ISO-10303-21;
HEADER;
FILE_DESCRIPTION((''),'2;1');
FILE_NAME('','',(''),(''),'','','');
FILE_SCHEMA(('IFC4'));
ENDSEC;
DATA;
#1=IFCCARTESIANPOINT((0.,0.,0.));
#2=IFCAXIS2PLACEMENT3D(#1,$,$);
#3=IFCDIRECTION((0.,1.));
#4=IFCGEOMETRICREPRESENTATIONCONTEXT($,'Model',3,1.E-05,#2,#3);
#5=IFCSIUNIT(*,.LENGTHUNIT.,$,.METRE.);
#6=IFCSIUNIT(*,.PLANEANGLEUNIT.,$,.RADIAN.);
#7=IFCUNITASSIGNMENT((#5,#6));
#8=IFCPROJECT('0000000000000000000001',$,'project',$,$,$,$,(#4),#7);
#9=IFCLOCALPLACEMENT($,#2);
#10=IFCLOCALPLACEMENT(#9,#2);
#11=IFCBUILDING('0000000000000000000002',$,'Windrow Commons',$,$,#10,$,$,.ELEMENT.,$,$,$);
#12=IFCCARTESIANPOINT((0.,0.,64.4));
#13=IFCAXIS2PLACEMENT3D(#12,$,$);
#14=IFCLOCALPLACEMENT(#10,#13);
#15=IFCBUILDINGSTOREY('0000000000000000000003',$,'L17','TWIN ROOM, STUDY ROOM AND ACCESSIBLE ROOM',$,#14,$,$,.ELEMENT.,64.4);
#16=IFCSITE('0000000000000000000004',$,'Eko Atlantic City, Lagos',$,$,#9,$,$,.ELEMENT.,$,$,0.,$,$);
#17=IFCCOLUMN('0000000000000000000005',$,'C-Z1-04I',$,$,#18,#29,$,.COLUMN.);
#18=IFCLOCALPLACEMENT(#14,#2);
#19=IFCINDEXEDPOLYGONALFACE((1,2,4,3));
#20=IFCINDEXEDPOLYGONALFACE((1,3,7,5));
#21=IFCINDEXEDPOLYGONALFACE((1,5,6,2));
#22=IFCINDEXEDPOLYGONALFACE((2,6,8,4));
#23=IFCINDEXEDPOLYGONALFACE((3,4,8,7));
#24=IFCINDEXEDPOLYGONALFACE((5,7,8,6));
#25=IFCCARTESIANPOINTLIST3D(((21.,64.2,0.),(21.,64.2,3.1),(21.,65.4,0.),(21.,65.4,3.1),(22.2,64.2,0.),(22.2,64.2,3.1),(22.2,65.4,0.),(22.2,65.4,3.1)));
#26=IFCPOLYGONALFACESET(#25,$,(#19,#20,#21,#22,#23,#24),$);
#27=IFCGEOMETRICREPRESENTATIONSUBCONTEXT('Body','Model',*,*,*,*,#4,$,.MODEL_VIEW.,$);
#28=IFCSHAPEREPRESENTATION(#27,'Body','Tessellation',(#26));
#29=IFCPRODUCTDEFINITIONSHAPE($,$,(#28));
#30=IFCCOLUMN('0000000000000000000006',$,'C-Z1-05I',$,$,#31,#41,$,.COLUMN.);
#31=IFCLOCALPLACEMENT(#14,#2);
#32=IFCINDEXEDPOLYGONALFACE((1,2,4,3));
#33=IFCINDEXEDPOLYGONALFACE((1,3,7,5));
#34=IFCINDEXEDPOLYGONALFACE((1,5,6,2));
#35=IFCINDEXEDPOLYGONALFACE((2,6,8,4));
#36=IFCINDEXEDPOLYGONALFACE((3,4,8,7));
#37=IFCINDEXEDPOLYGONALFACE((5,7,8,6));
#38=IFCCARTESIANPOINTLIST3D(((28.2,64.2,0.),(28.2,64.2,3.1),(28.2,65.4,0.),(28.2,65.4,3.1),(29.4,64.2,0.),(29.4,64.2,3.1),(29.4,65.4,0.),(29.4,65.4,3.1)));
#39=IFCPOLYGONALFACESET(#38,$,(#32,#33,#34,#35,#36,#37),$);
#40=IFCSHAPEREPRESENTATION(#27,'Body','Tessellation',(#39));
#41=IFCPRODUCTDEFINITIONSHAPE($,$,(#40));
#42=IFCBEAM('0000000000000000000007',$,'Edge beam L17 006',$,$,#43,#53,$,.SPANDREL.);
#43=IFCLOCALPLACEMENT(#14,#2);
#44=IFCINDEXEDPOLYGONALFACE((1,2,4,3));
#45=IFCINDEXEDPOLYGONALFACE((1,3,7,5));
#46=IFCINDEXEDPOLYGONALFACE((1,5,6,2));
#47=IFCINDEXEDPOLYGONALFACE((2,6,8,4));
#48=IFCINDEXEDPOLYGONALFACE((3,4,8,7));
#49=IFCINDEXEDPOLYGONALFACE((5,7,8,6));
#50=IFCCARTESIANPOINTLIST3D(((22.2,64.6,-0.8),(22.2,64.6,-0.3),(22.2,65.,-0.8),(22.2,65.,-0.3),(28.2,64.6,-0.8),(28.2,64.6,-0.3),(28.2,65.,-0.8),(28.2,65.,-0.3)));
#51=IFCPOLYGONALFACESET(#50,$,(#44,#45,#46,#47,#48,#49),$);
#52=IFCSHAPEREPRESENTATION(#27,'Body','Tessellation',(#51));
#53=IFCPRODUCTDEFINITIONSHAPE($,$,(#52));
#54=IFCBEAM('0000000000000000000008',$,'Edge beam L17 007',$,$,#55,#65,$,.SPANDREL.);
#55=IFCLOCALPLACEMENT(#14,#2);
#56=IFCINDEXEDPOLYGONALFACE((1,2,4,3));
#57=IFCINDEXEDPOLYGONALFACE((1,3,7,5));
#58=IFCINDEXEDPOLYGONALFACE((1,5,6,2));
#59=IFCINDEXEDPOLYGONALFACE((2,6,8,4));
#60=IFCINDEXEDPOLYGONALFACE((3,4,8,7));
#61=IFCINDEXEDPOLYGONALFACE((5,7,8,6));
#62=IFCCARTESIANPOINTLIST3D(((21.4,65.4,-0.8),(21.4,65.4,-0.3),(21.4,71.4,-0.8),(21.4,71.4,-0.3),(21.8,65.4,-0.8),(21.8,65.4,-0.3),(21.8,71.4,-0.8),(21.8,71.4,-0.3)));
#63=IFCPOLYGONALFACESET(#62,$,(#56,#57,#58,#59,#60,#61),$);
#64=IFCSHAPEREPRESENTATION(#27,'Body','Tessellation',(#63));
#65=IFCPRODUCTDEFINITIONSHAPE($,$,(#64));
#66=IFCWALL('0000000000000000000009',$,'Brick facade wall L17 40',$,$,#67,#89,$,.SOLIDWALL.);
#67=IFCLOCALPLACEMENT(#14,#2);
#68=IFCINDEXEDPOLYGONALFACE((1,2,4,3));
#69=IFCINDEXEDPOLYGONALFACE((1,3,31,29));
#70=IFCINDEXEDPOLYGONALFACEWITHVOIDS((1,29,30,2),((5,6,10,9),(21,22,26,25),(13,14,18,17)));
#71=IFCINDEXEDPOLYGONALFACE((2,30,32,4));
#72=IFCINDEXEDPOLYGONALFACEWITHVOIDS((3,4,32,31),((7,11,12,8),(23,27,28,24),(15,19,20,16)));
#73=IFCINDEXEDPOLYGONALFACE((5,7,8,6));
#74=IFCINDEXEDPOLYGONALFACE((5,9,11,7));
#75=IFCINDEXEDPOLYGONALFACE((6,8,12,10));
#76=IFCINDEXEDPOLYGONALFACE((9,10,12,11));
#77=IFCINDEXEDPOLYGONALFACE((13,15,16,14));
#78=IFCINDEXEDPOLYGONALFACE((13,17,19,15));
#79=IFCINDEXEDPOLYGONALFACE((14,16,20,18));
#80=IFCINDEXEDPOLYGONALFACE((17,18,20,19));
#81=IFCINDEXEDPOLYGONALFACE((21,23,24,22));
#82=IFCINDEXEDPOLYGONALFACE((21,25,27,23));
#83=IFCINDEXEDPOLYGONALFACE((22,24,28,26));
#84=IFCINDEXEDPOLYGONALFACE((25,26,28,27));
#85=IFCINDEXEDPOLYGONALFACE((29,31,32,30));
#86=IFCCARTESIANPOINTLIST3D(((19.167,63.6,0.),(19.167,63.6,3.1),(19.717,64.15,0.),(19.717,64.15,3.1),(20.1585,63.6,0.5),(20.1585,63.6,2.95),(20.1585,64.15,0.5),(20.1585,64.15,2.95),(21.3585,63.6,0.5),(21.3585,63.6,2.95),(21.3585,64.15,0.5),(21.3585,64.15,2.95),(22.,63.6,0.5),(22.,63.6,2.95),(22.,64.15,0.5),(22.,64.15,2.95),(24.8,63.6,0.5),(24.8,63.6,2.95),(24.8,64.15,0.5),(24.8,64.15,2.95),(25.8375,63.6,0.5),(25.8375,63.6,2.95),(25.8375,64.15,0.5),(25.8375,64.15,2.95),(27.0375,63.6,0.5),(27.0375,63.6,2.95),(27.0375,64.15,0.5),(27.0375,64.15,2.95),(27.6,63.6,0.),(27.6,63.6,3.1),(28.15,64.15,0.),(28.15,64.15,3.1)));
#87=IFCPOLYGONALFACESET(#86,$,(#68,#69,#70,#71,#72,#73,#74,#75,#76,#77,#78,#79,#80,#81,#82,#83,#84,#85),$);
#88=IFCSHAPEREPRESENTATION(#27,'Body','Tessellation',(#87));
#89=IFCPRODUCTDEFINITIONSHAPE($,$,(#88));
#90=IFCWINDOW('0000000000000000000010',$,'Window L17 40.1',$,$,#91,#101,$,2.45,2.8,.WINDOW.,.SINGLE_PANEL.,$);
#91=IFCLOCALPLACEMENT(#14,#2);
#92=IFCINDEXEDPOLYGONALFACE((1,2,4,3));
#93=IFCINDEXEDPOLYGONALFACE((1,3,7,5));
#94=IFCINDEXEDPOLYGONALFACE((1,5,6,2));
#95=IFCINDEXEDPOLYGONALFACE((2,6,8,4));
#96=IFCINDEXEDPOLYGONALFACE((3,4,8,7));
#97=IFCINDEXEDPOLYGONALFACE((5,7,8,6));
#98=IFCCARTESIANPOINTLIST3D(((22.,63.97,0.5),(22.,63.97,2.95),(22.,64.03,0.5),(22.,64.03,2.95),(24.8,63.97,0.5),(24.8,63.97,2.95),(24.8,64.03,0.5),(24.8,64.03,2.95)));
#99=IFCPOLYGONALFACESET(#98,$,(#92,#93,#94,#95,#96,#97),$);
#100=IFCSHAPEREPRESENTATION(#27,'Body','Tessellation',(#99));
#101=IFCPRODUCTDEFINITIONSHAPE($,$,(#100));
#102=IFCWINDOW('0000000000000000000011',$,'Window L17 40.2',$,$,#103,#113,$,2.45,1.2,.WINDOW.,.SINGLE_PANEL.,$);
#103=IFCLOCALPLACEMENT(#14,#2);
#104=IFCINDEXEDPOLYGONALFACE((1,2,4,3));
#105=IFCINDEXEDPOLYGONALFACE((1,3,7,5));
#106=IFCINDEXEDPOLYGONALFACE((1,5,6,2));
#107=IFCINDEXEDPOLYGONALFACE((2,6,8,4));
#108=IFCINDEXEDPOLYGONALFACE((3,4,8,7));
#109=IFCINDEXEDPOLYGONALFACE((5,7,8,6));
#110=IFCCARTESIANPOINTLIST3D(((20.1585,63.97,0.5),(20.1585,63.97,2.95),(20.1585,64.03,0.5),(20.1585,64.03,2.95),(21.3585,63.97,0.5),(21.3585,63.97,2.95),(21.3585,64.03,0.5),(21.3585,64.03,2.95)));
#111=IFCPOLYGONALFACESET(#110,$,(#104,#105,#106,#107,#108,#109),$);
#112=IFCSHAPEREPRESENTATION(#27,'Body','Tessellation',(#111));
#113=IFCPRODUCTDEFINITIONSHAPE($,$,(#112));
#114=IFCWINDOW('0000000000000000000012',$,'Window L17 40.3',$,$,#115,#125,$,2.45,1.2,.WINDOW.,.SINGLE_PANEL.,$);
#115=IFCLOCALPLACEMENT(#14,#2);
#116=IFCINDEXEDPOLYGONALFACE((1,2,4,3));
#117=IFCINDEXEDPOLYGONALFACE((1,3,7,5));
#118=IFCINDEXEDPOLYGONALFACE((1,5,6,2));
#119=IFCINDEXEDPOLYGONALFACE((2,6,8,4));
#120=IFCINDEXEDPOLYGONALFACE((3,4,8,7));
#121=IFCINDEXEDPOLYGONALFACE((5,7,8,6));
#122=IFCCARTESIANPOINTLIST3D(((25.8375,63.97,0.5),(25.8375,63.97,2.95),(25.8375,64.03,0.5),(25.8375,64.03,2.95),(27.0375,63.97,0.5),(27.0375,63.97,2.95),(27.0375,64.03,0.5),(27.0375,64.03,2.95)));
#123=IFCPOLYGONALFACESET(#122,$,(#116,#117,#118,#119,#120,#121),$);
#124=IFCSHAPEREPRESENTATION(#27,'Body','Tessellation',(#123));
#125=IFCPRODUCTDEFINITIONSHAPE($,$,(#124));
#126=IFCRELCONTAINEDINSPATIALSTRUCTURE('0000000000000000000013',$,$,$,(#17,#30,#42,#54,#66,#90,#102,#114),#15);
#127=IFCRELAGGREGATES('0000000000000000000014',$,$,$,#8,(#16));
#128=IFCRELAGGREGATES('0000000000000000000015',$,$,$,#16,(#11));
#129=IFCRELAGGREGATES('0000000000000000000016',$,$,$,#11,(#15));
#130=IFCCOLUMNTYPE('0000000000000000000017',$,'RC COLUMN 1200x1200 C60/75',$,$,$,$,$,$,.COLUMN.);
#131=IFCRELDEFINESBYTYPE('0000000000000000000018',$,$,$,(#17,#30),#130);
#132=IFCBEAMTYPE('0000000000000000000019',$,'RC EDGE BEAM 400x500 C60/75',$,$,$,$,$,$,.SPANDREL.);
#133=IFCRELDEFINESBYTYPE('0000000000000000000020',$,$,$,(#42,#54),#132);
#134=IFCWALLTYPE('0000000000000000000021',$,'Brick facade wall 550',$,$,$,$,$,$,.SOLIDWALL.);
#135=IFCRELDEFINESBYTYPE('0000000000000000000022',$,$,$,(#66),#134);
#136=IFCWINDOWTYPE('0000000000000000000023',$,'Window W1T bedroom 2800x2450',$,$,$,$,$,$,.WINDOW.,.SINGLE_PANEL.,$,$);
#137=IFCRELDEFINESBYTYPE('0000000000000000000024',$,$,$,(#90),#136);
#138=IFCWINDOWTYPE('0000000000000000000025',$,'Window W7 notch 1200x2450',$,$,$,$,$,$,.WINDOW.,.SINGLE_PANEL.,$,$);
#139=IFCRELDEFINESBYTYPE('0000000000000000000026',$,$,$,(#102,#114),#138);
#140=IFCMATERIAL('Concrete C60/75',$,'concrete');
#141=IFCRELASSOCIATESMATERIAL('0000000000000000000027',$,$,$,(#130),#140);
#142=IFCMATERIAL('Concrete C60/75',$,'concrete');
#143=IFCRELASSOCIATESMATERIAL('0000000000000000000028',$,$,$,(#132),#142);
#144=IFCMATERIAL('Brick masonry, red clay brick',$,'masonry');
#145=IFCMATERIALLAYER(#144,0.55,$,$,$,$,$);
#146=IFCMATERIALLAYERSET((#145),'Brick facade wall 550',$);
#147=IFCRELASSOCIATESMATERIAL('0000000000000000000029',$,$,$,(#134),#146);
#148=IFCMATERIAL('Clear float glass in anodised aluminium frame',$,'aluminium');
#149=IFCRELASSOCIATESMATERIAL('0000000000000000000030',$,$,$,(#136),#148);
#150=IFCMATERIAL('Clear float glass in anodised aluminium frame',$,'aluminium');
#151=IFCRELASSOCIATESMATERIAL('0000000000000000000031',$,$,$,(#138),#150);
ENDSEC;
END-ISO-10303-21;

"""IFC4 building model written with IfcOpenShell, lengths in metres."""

from ifc_helpers import new_model, si_unit, direction, frame, frame_2d, origin, origin_2d, place, context, subcontext, project, spatial, polyline, rectangle, outline, extrude, material, layer, layer_set, material_profile, profile_set, type_object, element, fill, save


model = new_model("IFC4")

# Units and contexts
model_context = context("Model", 3, precision=1e-05, world=origin(), true_north=direction((0.0, 1.0)))
body_context = subcontext(model_context, "Body", "Model", "MODEL_VIEW")
ifc_project = project(units=[si_unit("LENGTHUNIT", "METRE"), si_unit("PLANEANGLEUNIT", "RADIAN")], contexts=[model_context])

# Site, building, storey
site_placement = place(None, origin())
site = spatial("IfcSite", under=ifc_project, at=site_placement, Name="Eko Atlantic City, Lagos", CompositionType="ELEMENT", RefElevation=0.0)
building_placement = place(site_placement, origin())
building = spatial("IfcBuilding", under=site, at=building_placement, Name="Windrow Commons", CompositionType="ELEMENT")
storey_placement = place(building_placement, frame((0.0, 0.0, 64.4)))
storey = spatial("IfcBuildingStorey", under=building, at=storey_placement, Name="L17", Description="TWIN ROOM, STUDY ROOM AND ACCESSIBLE ROOM", CompositionType="ELEMENT", Elevation=64.4)

# Columns
ifc_material_1 = material(Name="Concrete C60/75", Category="concrete")
ifc_material_profile_1 = material_profile(ifc_material_1, rectangle(XDim=1.2, YDim=1.2, at=origin_2d()))
ifc_profile_set_1 = profile_set([ifc_material_profile_1], Name="Concrete C60/75")
column_type = type_object("IfcColumnType", Name="RC COLUMN 1200x1200 C60/75", PredefinedType="COLUMN", material=ifc_profile_set_1)
for number, where, z_axis, x_axis, name in (
    (1, (21.6, 64.8, 0.0), (0.0, 0.0, 1.0), (1.0, 0.0, 0.0), "C-Z1-04I"),
    (2, (28.8, 64.8, 0.0), (0.0, 0.0, 1.0), (1.0, 0.0, 0.0), "C-Z1-05I"),
):
    element("IfcColumn", number, at=place(storey_placement, frame(where, z_axis=z_axis, x_axis=x_axis)), inside=storey, type_object=column_type, Name=name, PredefinedType="COLUMN", context=body_context, shape_type="SweptSolid", body=[
        extrude(rectangle(XDim=1.2, YDim=1.2, at=origin_2d()), origin(), (0.0, 0.0, 1.0), 3.1),
    ])

# Beams
ifc_material_2 = material(Name="Concrete C60/75", Category="concrete")
ifc_material_profile_2 = material_profile(ifc_material_2, rectangle(XDim=0.4, YDim=0.5, at=origin_2d()))
ifc_profile_set_2 = profile_set([ifc_material_profile_2], Name="Concrete C60/75")
beam_type = type_object("IfcBeamType", Name="RC EDGE BEAM 400x500 C60/75", PredefinedType="SPANDREL", material=ifc_profile_set_2)
for number, where, z_axis, x_axis, name in (
    (3, (28.2, 64.8, -0.55), (-1.0, 0.0, 0.0), (0.0, -1.0, 0.0), "Edge beam L17 006"),
    (4, (21.6, 65.4, -0.55), (0.0, 1.0, 0.0), (-1.0, 0.0, 0.0), "Edge beam L17 007"),
):
    element("IfcBeam", number, at=place(storey_placement, frame(where, z_axis=z_axis, x_axis=x_axis)), inside=storey, type_object=beam_type, Name=name, PredefinedType="SPANDREL", context=body_context, shape_type="SweptSolid", body=[
        extrude(rectangle(XDim=0.4, YDim=0.5, at=origin_2d()), origin(), (0.0, 0.0, 1.0), 6.0),
    ])

# Wall, openings, windows
ifc_material_3 = material(Name="Brick masonry, red clay brick", Category="masonry")
ifc_layer_1 = layer(ifc_material_3, 0.55)
ifc_layer_set_1 = layer_set([ifc_layer_1], Name="Brick facade wall 550")
wall_type_1 = type_object("IfcWallType", Name="Brick facade wall 550", PredefinedType="SOLIDWALL", material=ifc_layer_set_1)
wall_1_placement = place(storey_placement, frame((19.442, 63.875, 0.0), z_axis=(0.0, 0.0, 1.0), x_axis=(1.0, 0.0, 0.0)))
wall_1 = element("IfcWall", 5, at=wall_1_placement, inside=storey, type_object=wall_type_1, Name="Brick facade wall L17 40", PredefinedType="SOLIDWALL", context=body_context, shape_type="SweptSolid", body=[
    extrude(outline(polyline([(-0.275, -0.275), (8.158, -0.275), (8.708, 0.275), (0.275, 0.275), (-0.275, -0.275)])), origin(), (0.0, 0.0, 1.0), 3.1),
])
opening_1_placement = place(wall_1_placement, frame((2.558, 0.0, 0.5)))
opening_1 = element("IfcOpeningElement", 6, at=opening_1_placement, cuts=wall_1, PredefinedType="OPENING", context=body_context, shape_type="SweptSolid", body=[
    extrude(rectangle(XDim=2.8, YDim=2.45, at=frame_2d((1.4, 1.225))), frame((0.0, 0.285, 0.0), z_axis=(0.0, -1.0, 0.0), x_axis=(1.0, 0.0, 0.0)), (0.0, 0.0, 1.0), 0.57),
])
opening_2_placement = place(wall_1_placement, frame((0.7165, 0.0, 0.5)))
opening_2 = element("IfcOpeningElement", 7, at=opening_2_placement, cuts=wall_1, PredefinedType="OPENING", context=body_context, shape_type="SweptSolid", body=[
    extrude(rectangle(XDim=1.2, YDim=2.45, at=frame_2d((0.6, 1.225))), frame((0.0, 0.285, 0.0), z_axis=(0.0, -1.0, 0.0), x_axis=(1.0, 0.0, 0.0)), (0.0, 0.0, 1.0), 0.57),
])
opening_3_placement = place(wall_1_placement, frame((6.3955, 0.0, 0.5)))
opening_3 = element("IfcOpeningElement", 8, at=opening_3_placement, cuts=wall_1, PredefinedType="OPENING", context=body_context, shape_type="SweptSolid", body=[
    extrude(rectangle(XDim=1.2, YDim=2.45, at=frame_2d((0.6, 1.225))), frame((0.0, 0.285, 0.0), z_axis=(0.0, -1.0, 0.0), x_axis=(1.0, 0.0, 0.0)), (0.0, 0.0, 1.0), 0.57),
])
ifc_material_4 = material(Name="Clear float glass in anodised aluminium frame", Category="aluminium")
window_type_1 = type_object("IfcWindowType", Name="Window W1T bedroom 2800x2450", PartitioningType="SINGLE_PANEL", PredefinedType="WINDOW", material=ifc_material_4)
window_1_placement = place(opening_1_placement, origin())
window_1 = element("IfcWindow", 9, at=window_1_placement, inside=storey, type_object=window_type_1, Name="Window L17 40.1", OverallHeight=2.45, OverallWidth=2.8, PartitioningType="SINGLE_PANEL", PredefinedType="WINDOW", context=body_context, shape_type="SweptSolid", body=[
    extrude(rectangle(XDim=2.8, YDim=2.45, at=frame_2d((1.4, 1.225))), frame((0.0, 0.155, 0.0), z_axis=(0.0, -1.0, 0.0), x_axis=(1.0, 0.0, 0.0)), (0.0, 0.0, 1.0), 0.06),
])
fill(opening_1, window_1)
ifc_material_5 = material(Name="Clear float glass in anodised aluminium frame", Category="aluminium")
window_type_2 = type_object("IfcWindowType", Name="Window W7 notch 1200x2450", PartitioningType="SINGLE_PANEL", PredefinedType="WINDOW", material=ifc_material_5)
window_2_placement = place(opening_2_placement, origin())
window_2 = element("IfcWindow", 10, at=window_2_placement, inside=storey, type_object=window_type_2, Name="Window L17 40.2", OverallHeight=2.45, OverallWidth=1.2, PartitioningType="SINGLE_PANEL", PredefinedType="WINDOW", context=body_context, shape_type="SweptSolid", body=[
    extrude(rectangle(XDim=1.2, YDim=2.45, at=frame_2d((0.6, 1.225))), frame((0.0, 0.155, 0.0), z_axis=(0.0, -1.0, 0.0), x_axis=(1.0, 0.0, 0.0)), (0.0, 0.0, 1.0), 0.06),
])
fill(opening_2, window_2)
window_3_placement = place(opening_3_placement, origin())
window_3 = element("IfcWindow", 11, at=window_3_placement, inside=storey, type_object=window_type_2, Name="Window L17 40.3", OverallHeight=2.45, OverallWidth=1.2, PartitioningType="SINGLE_PANEL", PredefinedType="WINDOW", context=body_context, shape_type="SweptSolid", body=[
    extrude(rectangle(XDim=1.2, YDim=2.45, at=frame_2d((0.6, 1.225))), frame((0.0, 0.155, 0.0), z_axis=(0.0, -1.0, 0.0), x_axis=(1.0, 0.0, 0.0)), (0.0, 0.0, 1.0), 0.06),
])
fill(opening_3, window_3)

save(model, "model.ifc")
